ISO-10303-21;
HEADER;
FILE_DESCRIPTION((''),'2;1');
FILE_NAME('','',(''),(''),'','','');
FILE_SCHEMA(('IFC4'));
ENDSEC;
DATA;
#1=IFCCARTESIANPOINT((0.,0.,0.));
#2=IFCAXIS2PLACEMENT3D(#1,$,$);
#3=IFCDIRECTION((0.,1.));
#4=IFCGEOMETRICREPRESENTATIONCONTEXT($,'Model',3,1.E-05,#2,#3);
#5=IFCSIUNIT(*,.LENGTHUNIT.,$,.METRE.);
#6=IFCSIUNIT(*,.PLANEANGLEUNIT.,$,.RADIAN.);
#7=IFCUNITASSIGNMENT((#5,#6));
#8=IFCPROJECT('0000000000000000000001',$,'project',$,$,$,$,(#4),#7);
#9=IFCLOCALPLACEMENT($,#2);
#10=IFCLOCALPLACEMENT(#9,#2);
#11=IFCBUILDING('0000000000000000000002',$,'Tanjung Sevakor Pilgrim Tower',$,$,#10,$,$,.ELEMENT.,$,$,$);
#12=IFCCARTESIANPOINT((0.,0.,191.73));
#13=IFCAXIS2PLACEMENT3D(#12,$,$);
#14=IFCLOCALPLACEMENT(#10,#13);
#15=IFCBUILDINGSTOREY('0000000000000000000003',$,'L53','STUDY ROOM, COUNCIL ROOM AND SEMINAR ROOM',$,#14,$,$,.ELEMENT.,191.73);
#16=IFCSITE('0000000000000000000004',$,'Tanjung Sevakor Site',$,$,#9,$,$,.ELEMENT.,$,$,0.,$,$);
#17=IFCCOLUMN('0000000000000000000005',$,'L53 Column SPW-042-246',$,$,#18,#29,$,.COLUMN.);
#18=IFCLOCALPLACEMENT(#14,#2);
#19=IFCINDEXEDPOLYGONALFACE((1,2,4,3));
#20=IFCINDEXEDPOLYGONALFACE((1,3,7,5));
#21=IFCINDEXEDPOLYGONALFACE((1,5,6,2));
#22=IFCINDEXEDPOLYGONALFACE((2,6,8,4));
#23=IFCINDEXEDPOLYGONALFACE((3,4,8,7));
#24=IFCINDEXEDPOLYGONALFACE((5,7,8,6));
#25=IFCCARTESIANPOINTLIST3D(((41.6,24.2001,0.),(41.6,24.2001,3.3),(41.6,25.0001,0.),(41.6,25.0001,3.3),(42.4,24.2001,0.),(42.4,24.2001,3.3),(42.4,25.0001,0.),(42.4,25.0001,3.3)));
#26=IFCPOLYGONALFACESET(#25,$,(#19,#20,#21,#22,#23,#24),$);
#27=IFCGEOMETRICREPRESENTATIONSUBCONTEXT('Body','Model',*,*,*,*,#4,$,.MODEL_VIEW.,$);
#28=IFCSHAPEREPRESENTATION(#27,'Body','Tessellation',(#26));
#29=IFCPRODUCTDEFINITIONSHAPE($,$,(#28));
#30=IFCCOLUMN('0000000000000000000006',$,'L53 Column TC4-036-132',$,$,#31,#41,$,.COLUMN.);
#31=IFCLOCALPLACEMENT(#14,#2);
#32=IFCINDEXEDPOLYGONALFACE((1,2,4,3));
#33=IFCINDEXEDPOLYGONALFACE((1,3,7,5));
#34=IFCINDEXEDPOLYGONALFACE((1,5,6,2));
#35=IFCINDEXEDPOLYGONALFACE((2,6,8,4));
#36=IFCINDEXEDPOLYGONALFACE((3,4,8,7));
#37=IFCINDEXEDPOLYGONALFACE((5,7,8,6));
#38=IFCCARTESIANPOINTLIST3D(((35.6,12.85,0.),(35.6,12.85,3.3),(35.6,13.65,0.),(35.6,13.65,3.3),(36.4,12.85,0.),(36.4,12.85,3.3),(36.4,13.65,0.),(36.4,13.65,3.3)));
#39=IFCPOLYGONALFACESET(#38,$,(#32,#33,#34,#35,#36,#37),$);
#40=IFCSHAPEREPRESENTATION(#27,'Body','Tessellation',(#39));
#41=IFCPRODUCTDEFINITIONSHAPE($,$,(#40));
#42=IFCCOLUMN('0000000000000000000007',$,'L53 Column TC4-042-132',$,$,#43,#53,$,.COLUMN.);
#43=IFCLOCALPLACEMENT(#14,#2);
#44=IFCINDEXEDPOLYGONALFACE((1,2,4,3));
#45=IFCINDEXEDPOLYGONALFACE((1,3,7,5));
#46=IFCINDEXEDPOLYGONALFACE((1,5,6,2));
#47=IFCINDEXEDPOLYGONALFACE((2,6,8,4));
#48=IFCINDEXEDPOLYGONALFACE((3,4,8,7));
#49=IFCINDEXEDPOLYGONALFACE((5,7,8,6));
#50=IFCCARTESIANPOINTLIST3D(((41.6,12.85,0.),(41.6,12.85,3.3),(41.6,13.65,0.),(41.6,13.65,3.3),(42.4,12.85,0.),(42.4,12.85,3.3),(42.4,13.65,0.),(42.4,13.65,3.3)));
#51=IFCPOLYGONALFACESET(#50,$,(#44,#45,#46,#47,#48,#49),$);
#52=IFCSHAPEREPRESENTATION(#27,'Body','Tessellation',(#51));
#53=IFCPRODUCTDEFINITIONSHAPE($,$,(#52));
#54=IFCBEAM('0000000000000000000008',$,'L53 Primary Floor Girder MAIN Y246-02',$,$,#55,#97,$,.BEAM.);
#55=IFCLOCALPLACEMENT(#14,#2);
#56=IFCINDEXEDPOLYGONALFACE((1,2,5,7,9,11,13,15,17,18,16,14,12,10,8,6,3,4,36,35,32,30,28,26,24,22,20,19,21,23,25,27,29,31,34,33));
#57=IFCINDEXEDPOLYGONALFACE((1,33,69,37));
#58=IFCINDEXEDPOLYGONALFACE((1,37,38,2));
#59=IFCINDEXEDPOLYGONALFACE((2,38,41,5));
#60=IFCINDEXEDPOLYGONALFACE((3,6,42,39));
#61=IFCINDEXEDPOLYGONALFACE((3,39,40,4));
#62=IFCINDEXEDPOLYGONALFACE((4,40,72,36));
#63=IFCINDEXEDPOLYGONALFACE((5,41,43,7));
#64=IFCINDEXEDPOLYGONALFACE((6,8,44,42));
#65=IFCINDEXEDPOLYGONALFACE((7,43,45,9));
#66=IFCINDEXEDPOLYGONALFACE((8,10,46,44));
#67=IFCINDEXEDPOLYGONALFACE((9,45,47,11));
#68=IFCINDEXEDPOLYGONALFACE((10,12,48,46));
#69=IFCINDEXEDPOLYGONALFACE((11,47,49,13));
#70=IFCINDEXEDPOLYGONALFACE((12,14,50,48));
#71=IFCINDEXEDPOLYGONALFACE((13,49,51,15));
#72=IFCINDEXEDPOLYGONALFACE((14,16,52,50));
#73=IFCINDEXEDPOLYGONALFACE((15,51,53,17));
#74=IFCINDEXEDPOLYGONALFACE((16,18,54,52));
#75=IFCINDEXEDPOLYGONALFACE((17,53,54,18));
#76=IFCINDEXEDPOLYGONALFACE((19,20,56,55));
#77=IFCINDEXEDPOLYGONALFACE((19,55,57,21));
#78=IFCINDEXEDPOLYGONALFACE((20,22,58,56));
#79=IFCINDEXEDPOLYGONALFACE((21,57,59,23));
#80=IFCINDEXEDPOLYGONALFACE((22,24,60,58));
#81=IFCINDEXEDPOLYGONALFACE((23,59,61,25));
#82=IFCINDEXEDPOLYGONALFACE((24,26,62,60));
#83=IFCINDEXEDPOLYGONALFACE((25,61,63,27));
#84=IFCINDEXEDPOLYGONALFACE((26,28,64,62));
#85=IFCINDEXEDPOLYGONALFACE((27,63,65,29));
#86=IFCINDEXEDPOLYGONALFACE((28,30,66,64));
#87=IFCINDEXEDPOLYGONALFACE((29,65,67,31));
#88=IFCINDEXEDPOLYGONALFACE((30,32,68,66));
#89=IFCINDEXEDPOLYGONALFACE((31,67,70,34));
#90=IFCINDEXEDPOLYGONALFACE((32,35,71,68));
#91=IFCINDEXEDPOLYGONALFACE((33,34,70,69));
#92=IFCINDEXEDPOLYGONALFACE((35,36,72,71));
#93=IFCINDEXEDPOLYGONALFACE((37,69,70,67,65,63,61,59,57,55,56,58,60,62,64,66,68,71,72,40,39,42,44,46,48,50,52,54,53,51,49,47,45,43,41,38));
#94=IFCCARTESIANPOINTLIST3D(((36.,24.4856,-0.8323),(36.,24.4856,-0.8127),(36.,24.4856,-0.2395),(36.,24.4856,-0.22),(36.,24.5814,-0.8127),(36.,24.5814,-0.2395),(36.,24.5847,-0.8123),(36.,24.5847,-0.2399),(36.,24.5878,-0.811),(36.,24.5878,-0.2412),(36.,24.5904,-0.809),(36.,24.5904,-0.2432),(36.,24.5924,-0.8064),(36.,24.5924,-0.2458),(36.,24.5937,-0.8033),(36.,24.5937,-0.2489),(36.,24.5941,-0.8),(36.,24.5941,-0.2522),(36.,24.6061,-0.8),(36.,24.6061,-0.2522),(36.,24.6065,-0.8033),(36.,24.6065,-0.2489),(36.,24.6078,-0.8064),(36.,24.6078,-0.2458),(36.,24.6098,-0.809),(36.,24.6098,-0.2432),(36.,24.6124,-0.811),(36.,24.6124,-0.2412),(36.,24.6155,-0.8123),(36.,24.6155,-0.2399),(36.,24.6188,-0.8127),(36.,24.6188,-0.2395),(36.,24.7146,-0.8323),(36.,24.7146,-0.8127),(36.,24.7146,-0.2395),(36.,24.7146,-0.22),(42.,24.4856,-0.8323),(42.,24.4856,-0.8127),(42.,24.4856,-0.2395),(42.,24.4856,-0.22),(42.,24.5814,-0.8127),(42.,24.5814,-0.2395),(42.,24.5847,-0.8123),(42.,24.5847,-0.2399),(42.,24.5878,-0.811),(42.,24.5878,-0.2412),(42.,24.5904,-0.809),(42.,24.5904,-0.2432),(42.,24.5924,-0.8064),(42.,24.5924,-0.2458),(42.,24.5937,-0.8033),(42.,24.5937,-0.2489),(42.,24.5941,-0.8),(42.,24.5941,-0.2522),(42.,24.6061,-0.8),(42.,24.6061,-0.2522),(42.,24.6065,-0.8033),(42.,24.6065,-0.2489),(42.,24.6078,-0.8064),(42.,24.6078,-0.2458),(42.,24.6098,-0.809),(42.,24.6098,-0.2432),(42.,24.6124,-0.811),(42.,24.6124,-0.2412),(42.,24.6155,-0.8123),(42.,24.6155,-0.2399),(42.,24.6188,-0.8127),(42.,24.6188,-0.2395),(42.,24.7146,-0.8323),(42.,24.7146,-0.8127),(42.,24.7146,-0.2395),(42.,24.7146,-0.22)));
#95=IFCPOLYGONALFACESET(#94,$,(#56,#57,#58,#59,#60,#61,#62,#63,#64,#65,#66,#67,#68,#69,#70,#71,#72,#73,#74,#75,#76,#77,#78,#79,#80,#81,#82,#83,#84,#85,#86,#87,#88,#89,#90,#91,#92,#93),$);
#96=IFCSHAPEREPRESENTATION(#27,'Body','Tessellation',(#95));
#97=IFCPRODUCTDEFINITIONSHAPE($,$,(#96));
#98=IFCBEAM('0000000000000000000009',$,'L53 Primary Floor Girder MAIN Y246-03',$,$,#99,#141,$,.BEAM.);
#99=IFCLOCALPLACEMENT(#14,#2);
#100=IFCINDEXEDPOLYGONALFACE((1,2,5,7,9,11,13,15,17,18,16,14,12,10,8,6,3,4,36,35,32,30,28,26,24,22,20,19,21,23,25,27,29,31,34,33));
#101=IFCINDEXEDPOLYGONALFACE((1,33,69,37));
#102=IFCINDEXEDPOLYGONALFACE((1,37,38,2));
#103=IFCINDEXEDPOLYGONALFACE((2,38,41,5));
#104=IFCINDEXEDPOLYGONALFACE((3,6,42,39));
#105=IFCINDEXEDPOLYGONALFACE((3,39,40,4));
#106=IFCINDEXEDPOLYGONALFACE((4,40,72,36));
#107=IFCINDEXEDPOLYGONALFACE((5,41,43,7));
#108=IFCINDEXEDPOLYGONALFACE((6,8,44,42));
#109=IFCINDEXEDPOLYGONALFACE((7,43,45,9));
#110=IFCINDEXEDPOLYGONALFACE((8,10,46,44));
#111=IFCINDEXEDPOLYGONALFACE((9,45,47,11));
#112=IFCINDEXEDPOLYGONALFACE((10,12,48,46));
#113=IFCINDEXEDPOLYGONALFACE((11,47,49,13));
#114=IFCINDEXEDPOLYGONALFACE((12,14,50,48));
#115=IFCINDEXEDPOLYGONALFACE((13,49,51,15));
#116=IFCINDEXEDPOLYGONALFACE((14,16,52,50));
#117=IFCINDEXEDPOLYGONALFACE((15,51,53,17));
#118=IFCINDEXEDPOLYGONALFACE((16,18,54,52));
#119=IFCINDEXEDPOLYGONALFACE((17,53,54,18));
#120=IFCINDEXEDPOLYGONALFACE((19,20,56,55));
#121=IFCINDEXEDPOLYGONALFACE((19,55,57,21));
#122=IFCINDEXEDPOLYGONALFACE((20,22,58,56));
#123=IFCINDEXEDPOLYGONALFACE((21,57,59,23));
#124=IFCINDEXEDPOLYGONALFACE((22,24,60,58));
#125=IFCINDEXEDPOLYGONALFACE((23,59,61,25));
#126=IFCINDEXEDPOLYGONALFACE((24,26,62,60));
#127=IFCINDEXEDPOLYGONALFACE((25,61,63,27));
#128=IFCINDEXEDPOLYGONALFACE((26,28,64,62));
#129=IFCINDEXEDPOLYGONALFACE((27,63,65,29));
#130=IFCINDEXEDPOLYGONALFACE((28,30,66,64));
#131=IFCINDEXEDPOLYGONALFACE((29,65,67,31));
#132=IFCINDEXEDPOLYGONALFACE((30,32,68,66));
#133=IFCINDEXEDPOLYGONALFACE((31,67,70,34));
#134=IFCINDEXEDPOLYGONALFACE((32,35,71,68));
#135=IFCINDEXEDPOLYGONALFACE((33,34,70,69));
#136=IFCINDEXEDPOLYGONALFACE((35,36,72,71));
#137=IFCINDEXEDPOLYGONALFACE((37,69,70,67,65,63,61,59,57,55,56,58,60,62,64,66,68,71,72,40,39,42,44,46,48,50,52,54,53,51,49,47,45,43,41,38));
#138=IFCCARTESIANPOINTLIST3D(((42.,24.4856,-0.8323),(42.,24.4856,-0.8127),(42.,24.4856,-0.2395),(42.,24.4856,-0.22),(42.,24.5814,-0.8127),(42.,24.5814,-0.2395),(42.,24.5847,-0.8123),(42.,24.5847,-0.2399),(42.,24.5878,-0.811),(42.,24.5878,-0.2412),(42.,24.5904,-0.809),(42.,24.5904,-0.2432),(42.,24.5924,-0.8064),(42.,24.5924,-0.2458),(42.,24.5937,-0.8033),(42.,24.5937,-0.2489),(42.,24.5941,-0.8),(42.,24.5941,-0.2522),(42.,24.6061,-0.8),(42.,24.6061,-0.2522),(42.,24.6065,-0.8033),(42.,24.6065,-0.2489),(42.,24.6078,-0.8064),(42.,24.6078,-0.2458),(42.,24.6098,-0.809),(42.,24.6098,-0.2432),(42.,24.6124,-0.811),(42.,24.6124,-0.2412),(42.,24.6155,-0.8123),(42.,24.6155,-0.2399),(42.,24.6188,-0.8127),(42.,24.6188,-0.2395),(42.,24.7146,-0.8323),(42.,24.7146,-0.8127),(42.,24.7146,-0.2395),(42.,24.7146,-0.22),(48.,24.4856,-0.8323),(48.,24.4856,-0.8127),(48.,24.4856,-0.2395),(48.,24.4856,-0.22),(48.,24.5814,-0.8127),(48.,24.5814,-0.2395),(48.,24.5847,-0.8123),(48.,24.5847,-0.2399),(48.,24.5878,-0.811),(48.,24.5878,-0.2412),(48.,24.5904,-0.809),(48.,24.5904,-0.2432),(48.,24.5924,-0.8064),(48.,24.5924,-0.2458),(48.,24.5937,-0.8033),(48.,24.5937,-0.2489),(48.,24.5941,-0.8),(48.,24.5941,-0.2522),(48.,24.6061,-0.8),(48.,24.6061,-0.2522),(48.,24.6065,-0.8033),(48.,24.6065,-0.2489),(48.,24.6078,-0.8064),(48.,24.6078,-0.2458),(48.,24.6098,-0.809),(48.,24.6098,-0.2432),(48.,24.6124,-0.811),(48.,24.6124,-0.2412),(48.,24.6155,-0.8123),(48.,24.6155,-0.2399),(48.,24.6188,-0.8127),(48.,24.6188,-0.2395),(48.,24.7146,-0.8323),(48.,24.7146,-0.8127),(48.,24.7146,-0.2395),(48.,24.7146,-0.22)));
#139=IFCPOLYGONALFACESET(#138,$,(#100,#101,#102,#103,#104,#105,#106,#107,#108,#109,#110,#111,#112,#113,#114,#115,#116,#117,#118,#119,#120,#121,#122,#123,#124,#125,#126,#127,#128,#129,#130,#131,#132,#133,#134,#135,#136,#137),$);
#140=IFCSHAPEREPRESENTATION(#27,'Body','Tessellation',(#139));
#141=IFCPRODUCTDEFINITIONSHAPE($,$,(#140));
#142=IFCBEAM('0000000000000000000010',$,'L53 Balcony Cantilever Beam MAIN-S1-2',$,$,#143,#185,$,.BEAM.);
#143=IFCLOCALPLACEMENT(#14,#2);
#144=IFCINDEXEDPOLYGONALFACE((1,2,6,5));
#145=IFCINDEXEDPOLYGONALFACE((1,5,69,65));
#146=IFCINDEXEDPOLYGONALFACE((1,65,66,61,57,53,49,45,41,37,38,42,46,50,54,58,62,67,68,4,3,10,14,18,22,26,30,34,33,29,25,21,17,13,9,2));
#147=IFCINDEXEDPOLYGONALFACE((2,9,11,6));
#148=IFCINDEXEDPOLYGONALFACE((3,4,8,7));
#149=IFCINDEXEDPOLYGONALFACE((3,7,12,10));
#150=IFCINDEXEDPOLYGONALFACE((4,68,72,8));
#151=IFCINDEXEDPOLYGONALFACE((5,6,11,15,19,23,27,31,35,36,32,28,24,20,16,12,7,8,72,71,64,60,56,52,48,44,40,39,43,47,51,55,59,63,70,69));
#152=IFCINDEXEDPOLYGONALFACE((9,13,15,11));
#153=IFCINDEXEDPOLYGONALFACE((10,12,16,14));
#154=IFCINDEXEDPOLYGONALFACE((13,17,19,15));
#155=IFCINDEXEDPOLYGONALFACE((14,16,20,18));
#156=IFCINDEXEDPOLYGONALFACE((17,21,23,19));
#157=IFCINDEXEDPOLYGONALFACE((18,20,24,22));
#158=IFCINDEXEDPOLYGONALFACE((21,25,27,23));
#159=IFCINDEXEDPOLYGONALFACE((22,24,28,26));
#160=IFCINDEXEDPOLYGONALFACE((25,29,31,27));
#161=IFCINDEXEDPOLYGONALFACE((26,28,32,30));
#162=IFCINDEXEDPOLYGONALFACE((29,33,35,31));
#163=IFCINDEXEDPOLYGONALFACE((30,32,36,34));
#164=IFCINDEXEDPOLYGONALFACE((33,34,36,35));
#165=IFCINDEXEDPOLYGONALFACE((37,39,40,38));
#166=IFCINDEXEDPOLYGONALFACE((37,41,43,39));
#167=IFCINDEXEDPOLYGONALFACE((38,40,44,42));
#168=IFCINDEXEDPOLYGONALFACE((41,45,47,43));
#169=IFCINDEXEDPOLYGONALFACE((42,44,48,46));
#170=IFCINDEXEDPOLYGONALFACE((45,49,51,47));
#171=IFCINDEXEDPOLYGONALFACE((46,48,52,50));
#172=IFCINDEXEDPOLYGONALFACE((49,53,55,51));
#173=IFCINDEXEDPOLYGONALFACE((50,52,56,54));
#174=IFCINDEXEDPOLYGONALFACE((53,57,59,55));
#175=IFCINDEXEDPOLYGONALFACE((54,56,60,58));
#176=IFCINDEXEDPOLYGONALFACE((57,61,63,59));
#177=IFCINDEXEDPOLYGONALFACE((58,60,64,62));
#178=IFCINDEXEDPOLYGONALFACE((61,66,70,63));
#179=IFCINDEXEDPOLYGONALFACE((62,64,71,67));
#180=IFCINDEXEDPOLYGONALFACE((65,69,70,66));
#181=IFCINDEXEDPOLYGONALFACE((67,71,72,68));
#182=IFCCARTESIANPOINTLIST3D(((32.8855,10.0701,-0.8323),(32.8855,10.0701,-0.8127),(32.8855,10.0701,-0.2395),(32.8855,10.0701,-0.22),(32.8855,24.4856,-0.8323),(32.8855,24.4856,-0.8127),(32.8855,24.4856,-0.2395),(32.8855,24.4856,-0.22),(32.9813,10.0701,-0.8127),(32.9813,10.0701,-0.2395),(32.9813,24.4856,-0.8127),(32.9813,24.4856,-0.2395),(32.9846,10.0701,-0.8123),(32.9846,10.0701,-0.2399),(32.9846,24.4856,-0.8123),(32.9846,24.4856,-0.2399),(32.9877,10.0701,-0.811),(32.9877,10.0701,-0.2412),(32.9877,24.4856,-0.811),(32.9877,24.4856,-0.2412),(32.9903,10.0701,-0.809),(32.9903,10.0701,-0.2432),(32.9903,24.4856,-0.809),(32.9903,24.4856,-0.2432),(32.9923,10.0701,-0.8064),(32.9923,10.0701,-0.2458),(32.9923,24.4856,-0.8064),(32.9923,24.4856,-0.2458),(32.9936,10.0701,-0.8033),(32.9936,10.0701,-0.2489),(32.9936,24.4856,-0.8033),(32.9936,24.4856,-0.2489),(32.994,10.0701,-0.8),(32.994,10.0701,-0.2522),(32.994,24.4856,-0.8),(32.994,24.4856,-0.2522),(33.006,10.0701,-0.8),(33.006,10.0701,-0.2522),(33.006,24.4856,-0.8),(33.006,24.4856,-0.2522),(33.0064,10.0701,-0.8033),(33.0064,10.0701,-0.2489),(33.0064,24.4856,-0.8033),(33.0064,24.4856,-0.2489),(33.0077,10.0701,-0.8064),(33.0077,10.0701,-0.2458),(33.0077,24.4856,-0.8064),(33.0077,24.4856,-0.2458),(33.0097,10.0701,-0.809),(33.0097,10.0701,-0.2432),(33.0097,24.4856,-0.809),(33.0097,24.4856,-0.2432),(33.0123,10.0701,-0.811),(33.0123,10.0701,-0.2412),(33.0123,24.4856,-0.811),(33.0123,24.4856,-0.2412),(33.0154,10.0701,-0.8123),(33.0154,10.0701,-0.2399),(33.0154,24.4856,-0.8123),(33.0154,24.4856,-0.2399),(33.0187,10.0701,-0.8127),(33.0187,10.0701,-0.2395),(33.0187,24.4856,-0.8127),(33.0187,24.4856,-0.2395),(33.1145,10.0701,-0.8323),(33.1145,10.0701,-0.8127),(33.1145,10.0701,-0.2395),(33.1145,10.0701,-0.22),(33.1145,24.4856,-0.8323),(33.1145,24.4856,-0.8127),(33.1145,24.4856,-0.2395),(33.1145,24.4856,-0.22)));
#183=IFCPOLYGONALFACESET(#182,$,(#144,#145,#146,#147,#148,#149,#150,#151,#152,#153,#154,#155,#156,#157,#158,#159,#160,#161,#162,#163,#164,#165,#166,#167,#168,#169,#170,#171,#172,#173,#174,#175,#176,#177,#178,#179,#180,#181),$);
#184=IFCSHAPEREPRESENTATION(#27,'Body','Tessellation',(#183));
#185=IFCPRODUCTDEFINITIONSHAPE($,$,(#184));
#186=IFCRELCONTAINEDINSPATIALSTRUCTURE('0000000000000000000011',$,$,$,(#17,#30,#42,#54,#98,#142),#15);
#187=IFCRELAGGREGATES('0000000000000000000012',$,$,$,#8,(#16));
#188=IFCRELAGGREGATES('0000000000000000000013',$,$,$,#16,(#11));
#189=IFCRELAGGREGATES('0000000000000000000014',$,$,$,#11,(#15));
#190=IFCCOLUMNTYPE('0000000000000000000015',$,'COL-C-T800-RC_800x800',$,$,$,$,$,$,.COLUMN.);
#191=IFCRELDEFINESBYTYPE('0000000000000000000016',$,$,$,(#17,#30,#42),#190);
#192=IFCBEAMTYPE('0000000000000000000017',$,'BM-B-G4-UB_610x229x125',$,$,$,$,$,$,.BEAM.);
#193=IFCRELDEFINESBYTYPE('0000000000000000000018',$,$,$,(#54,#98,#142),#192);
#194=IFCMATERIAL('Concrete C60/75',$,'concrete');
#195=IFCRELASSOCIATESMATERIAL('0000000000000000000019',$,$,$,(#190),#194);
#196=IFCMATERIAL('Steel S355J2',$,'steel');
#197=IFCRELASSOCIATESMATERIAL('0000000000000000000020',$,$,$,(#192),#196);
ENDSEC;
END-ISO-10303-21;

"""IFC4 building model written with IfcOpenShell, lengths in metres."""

from ifc_helpers import new_model, si_unit, direction, frame, origin, origin_2d, place, context, subcontext, project, spatial, rectangle, i_section, extrude, material, material_profile, profile_set, type_object, element, save


model = new_model("IFC4")

# Units and contexts
model_context = context("Model", 3, precision=1e-05, world=origin(), true_north=direction((0.0, 1.0)))
body_context = subcontext(model_context, "Body", "Model", "MODEL_VIEW")
ifc_project = project(units=[si_unit("LENGTHUNIT", "METRE"), si_unit("PLANEANGLEUNIT", "RADIAN")], contexts=[model_context])

# Site, building, storey
site_placement = place(None, origin())
site = spatial("IfcSite", under=ifc_project, at=site_placement, Name="Tanjung Sevakor Site", CompositionType="ELEMENT", RefElevation=0.0)
building_placement = place(site_placement, origin())
building = spatial("IfcBuilding", under=site, at=building_placement, Name="Tanjung Sevakor Pilgrim Tower", CompositionType="ELEMENT")
storey_placement = place(building_placement, frame((0.0, 0.0, 191.73)))
storey = spatial("IfcBuildingStorey", under=building, at=storey_placement, Name="L53", Description="STUDY ROOM, COUNCIL ROOM AND SEMINAR ROOM", CompositionType="ELEMENT", Elevation=191.73)

# Columns
ifc_material_1 = material(Name="Concrete C60/75", Category="concrete")
ifc_material_profile_1 = material_profile(ifc_material_1, rectangle(XDim=0.8, YDim=0.8, at=origin_2d()))
ifc_profile_set_1 = profile_set([ifc_material_profile_1], Name="Concrete C60/75")
column_type = type_object("IfcColumnType", Name="COL-C-T800-RC_800x800", PredefinedType="COLUMN", material=ifc_profile_set_1)
for number, where, z_axis, x_axis, name in (
    (1, (42.0, 24.6001, 0.0), (0.0, 0.0, 1.0), (1.0, 0.0, 0.0), "L53 Column SPW-042-246"),
    (2, (36.0, 13.25, 0.0), (0.0, 0.0, 1.0), (1.0, 0.0, 0.0), "L53 Column TC4-036-132"),
    (3, (42.0, 13.25, 0.0), (0.0, 0.0, 1.0), (1.0, 0.0, 0.0), "L53 Column TC4-042-132"),
):
    element("IfcColumn", number, at=place(storey_placement, frame(where, z_axis=z_axis, x_axis=x_axis)), inside=storey, type_object=column_type, Name=name, PredefinedType="COLUMN", context=body_context, shape_type="SweptSolid", body=[
        extrude(rectangle(XDim=0.8, YDim=0.8, at=origin_2d()), origin(), (0.0, 0.0, 1.0), 3.3),
    ])

# Beams
ifc_material_2 = material(Name="Steel S355J2", Category="steel")
ifc_material_profile_2 = material_profile(ifc_material_2, i_section(OverallWidth=0.229, OverallDepth=0.6123, WebThickness=0.012, FlangeThickness=0.0195, FilletRadius=0.0127, at=origin_2d()))
ifc_profile_set_2 = profile_set([ifc_material_profile_2], Name="Steel S355J2")
beam_type_1 = type_object("IfcBeamType", Name="BM-B-G4-UB_610x229x125", PredefinedType="BEAM", material=ifc_profile_set_2)
for number, where, z_axis, x_axis, name in (
    (4, (36.0, 24.6001, -0.5261), (1.0, 0.0, 0.0), (0.0, 1.0, 0.0), "L53 Primary Floor Girder MAIN Y246-02"),
    (5, (42.0, 24.6001, -0.5261), (1.0, 0.0, 0.0), (0.0, 1.0, 0.0), "L53 Primary Floor Girder MAIN Y246-03"),
):
    element("IfcBeam", number, at=place(storey_placement, frame(where, z_axis=z_axis, x_axis=x_axis)), inside=storey, type_object=beam_type_1, Name=name, PredefinedType="BEAM", context=body_context, shape_type="SweptSolid", body=[
        extrude(i_section(OverallWidth=0.229, OverallDepth=0.6123, WebThickness=0.012, FlangeThickness=0.0195, FilletRadius=0.0127, at=origin_2d()), origin(), (0.0, 0.0, 1.0), 6.0),
    ])
beam_1_placement = place(storey_placement, frame((33.0, 24.4856, -0.5261), z_axis=(0.0, -1.0, 0.0), x_axis=(1.0, 0.0, 0.0)))
element("IfcBeam", 6, at=beam_1_placement, inside=storey, type_object=beam_type_1, Name="L53 Balcony Cantilever Beam MAIN-S1-2", PredefinedType="BEAM", context=body_context, shape_type="SweptSolid", body=[
    extrude(i_section(OverallWidth=0.229, OverallDepth=0.6123, WebThickness=0.012, FlangeThickness=0.0195, FilletRadius=0.0127, at=origin_2d()), origin(), (0.0, 0.0, 1.0), 14.4155),
])

save(model, "model.ifc")
